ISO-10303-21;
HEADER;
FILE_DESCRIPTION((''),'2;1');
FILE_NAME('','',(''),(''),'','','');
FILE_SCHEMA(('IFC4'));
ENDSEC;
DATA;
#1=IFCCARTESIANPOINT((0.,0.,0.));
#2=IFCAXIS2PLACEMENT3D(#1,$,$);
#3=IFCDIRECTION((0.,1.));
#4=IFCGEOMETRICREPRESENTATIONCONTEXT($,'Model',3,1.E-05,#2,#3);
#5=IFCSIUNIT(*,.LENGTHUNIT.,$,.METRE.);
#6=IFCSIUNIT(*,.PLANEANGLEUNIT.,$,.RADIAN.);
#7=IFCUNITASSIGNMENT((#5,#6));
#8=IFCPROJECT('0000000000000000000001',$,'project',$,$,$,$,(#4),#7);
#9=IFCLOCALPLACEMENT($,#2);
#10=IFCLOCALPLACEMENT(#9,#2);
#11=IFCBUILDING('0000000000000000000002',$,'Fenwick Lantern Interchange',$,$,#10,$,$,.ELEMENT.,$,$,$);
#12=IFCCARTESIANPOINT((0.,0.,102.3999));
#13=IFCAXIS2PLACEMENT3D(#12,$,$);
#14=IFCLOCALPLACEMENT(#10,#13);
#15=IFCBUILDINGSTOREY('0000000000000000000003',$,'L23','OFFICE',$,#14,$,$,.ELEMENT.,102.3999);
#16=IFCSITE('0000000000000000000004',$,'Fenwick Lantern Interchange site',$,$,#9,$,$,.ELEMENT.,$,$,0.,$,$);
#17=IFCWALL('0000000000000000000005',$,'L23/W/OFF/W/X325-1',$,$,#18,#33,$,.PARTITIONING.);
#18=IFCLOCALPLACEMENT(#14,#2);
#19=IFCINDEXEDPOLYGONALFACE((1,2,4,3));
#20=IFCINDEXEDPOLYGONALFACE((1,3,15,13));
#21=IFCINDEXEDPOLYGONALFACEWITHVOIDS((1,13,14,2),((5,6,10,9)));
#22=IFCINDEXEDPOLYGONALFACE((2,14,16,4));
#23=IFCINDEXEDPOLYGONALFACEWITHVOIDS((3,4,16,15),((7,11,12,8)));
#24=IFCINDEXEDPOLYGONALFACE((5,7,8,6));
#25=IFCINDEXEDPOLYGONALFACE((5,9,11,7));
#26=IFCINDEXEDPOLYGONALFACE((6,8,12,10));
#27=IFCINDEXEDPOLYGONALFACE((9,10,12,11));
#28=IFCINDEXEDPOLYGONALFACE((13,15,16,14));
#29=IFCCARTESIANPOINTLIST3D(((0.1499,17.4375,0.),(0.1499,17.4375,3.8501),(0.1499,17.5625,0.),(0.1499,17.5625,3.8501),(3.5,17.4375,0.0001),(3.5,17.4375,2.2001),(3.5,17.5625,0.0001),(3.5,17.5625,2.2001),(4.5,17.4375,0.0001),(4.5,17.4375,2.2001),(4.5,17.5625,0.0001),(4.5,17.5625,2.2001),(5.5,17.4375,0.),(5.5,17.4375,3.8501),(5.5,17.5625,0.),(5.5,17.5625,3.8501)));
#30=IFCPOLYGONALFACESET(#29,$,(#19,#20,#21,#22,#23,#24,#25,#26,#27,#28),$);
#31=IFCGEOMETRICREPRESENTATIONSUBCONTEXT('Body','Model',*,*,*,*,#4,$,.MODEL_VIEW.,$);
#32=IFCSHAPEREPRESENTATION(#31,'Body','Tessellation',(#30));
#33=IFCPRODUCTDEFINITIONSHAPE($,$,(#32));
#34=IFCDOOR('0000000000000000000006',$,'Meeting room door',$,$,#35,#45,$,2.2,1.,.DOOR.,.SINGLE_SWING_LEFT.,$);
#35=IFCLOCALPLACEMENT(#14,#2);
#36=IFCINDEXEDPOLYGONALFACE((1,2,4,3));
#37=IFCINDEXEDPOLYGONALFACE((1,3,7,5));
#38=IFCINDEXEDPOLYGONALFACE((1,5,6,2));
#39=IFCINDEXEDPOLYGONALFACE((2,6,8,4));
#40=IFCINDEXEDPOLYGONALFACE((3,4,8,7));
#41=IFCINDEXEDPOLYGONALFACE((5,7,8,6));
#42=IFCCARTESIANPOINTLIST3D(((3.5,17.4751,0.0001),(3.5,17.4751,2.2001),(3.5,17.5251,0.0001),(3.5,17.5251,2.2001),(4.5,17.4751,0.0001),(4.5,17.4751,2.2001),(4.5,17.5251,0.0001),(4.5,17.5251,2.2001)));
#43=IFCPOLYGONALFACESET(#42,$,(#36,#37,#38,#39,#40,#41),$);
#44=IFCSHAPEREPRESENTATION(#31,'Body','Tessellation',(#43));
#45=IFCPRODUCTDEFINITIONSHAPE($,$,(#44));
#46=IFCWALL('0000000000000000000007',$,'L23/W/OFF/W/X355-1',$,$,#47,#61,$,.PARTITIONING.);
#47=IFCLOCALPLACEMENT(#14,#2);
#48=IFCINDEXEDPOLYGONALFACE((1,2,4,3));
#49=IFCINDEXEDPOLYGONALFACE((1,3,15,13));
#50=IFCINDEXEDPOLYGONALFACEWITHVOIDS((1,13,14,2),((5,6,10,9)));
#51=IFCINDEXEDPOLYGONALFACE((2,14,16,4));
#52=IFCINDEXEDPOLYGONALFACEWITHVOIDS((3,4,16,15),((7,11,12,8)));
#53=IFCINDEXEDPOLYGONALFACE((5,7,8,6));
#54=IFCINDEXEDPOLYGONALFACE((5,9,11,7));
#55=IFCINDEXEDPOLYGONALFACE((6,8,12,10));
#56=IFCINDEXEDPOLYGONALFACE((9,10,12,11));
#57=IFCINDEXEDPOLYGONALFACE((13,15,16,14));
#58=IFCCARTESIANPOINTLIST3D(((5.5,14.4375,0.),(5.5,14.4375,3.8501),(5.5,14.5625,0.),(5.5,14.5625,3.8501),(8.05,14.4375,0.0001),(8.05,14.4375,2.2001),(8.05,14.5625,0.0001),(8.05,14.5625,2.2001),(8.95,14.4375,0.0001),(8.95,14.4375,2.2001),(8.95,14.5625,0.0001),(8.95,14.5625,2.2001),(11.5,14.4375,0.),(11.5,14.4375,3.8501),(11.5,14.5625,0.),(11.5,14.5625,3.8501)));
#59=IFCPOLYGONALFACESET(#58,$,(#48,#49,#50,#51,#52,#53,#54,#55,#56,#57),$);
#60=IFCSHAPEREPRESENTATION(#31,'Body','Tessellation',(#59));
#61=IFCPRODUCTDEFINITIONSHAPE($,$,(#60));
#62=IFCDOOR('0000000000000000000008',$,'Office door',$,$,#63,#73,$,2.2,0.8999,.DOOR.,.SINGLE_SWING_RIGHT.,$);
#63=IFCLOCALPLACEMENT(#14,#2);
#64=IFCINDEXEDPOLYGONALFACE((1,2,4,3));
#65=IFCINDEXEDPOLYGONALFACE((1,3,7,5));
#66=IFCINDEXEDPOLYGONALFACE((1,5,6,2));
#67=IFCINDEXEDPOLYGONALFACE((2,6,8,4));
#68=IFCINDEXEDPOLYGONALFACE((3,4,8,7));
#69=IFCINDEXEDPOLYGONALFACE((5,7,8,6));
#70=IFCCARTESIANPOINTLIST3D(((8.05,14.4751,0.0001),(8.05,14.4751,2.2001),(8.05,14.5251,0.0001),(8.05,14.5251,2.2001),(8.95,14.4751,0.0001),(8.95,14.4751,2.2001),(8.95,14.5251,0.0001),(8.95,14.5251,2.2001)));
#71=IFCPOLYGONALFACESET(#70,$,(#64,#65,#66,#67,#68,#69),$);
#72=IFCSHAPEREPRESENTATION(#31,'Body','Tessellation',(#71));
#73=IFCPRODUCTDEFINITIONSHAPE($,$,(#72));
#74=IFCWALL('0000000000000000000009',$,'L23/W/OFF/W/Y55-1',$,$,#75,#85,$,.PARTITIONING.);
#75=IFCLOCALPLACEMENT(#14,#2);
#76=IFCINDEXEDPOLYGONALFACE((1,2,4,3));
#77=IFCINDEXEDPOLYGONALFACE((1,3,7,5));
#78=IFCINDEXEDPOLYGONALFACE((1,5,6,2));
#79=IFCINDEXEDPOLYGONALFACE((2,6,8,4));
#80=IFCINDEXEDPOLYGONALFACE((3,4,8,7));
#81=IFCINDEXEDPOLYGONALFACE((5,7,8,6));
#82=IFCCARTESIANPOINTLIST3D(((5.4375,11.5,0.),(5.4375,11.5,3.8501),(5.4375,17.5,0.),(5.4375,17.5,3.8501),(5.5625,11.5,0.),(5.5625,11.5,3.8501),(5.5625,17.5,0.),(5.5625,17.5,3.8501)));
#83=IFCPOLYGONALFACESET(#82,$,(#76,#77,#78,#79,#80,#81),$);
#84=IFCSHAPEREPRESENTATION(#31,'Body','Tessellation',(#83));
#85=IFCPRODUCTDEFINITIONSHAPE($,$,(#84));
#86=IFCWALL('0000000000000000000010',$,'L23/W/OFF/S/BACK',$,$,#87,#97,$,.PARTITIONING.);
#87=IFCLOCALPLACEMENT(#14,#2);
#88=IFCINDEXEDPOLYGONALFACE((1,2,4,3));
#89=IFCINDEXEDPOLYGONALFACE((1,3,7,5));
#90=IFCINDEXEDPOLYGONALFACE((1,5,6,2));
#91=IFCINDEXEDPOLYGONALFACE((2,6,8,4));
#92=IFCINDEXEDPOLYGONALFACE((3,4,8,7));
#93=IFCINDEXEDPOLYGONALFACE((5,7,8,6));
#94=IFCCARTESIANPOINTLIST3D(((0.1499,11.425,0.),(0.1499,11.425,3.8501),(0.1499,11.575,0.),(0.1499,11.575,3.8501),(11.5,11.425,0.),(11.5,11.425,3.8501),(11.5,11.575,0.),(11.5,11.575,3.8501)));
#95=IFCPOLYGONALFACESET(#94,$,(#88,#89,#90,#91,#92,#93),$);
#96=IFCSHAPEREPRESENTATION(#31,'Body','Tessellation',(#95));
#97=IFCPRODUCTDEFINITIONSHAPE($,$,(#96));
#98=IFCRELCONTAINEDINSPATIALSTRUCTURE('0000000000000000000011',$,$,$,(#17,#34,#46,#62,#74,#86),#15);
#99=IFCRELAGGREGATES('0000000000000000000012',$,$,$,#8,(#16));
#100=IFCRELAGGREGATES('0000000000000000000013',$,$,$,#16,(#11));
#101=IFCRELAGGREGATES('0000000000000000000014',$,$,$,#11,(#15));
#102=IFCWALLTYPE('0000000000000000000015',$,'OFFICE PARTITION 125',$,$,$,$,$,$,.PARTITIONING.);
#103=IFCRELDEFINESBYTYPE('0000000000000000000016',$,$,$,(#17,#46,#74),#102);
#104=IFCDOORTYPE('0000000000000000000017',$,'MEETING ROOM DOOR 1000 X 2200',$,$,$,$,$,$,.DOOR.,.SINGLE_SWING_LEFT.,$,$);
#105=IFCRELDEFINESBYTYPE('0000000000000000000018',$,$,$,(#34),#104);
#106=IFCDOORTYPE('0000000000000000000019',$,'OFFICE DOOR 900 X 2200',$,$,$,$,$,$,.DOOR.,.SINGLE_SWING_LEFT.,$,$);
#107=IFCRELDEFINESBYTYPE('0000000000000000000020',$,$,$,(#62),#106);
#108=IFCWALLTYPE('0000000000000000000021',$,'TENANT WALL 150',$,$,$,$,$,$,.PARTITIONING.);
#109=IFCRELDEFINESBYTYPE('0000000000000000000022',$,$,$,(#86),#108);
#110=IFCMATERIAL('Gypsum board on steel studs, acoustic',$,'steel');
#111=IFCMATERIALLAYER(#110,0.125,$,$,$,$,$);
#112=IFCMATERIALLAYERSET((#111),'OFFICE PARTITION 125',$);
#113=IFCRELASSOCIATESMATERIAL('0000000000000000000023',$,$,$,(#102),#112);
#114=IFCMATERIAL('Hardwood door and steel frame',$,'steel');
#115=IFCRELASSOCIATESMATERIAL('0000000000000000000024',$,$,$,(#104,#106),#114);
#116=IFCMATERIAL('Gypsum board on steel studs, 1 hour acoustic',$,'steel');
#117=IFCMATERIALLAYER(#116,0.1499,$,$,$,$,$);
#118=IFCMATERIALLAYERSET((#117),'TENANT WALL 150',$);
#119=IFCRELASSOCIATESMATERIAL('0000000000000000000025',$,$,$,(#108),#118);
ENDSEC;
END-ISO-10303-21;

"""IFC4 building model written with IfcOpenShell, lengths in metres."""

from ifc_helpers import new_model, si_unit, direction, frame, frame_2d, origin, place, context, subcontext, project, spatial, rectangle, extrude, material, layer, layer_set, type_object, element, fill, save


model = new_model("IFC4")

# Units and contexts
model_context = context("Model", 3, precision=1e-05, world=origin(), true_north=direction((0.0, 1.0)))
body_context = subcontext(model_context, "Body", "Model", "MODEL_VIEW")
ifc_project = project(units=[si_unit("LENGTHUNIT", "METRE"), si_unit("PLANEANGLEUNIT", "RADIAN")], contexts=[model_context])

# Site, building, storey
site_placement = place(None, origin())
site = spatial("IfcSite", under=ifc_project, at=site_placement, Name="Fenwick Lantern Interchange site", CompositionType="ELEMENT", RefElevation=0.0)
building_placement = place(site_placement, origin())
building = spatial("IfcBuilding", under=site, at=building_placement, Name="Fenwick Lantern Interchange", CompositionType="ELEMENT")
storey_placement = place(building_placement, frame((0.0, 0.0, 102.3999)))
storey = spatial("IfcBuildingStorey", under=building, at=storey_placement, Name="L23", Description="OFFICE", CompositionType="ELEMENT", Elevation=102.3999)

# Walls, openings, doors
ifc_material_1 = material(Name="Gypsum board on steel studs, acoustic", Category="steel")
ifc_layer_1 = layer(ifc_material_1, 0.125)
ifc_layer_set_1 = layer_set([ifc_layer_1], Name="OFFICE PARTITION 125")
wall_type_1 = type_object("IfcWallType", Name="OFFICE PARTITION 125", PredefinedType="PARTITIONING", material=ifc_layer_set_1)
wall_1_placement = place(storey_placement, frame((0.1499, 17.5, 0.0), z_axis=(0.0, 0.0, 1.0), x_axis=(1.0, 0.0, 0.0)))
wall_1 = element("IfcWall", 1, at=wall_1_placement, inside=storey, type_object=wall_type_1, Name="L23/W/OFF/W/X325-1", PredefinedType="PARTITIONING", context=body_context, shape_type="SweptSolid", body=[
    extrude(rectangle(XDim=5.3501, YDim=0.125, at=frame_2d((2.675, 0.0))), origin(), (0.0, 0.0, 1.0), 3.8501),
])
opening_1_placement = place(wall_1_placement, frame((3.3501, 0.0, 0.0)))
opening_1 = element("IfcOpeningElement", 2, at=opening_1_placement, cuts=wall_1, PredefinedType="OPENING", context=body_context, shape_type="SweptSolid", body=[
    extrude(rectangle(XDim=1.0, YDim=2.2, at=frame_2d((0.5, 1.1001))), frame((0.0, 0.0725, 0.0), z_axis=(0.0, -1.0, 0.0), x_axis=(1.0, 0.0, 0.0)), (0.0, 0.0, 1.0), 0.145),
])
ifc_material_2 = material(Name="Hardwood door and steel frame", Category="steel")
door_type_1 = type_object("IfcDoorType", Name="MEETING ROOM DOOR 1000 X 2200", OperationType="SINGLE_SWING_LEFT", PredefinedType="DOOR", material=ifc_material_2)
door_1_placement = place(opening_1_placement, frame((1.0, 0.0, 0.0), z_axis=(0.0, 0.0, 1.0), x_axis=(-1.0, 0.0, 0.0)))
door_1 = element("IfcDoor", 3, at=door_1_placement, inside=storey, type_object=door_type_1, Name="Meeting room door", OperationType="SINGLE_SWING_LEFT", OverallHeight=2.2, OverallWidth=1.0, PredefinedType="DOOR", context=body_context, shape_type="SweptSolid", body=[
    extrude(rectangle(XDim=1.0, YDim=2.2, at=frame_2d((0.5, 1.1001))), frame((0.0, 0.0249, 0.0), z_axis=(0.0, -1.0, 0.0), x_axis=(1.0, 0.0, 0.0)), (0.0, 0.0, 1.0), 0.05),
])
fill(opening_1, door_1)
wall_2_placement = place(storey_placement, frame((5.5, 14.5, 0.0), z_axis=(0.0, 0.0, 1.0), x_axis=(1.0, 0.0, 0.0)))
wall_2 = element("IfcWall", 4, at=wall_2_placement, inside=storey, type_object=wall_type_1, Name="L23/W/OFF/W/X355-1", PredefinedType="PARTITIONING", context=body_context, shape_type="SweptSolid", body=[
    extrude(rectangle(XDim=6.0, YDim=0.125, at=frame_2d((3.0, 0.0))), origin(), (0.0, 0.0, 1.0), 3.8501),
])
opening_2_placement = place(wall_2_placement, frame((2.55, 0.0, 0.0)))
opening_2 = element("IfcOpeningElement", 5, at=opening_2_placement, cuts=wall_2, PredefinedType="OPENING", context=body_context, shape_type="SweptSolid", body=[
    extrude(rectangle(XDim=0.8999, YDim=2.2, at=frame_2d((0.45, 1.1001))), frame((0.0, 0.0725, 0.0), z_axis=(0.0, -1.0, 0.0), x_axis=(1.0, 0.0, 0.0)), (0.0, 0.0, 1.0), 0.145),
])
door_type_2 = type_object("IfcDoorType", Name="OFFICE DOOR 900 X 2200", OperationType="SINGLE_SWING_LEFT", PredefinedType="DOOR", material=ifc_material_2)
door_2_placement = place(opening_2_placement, frame((0.8999, 0.0, 0.0), z_axis=(0.0, 0.0, 1.0), x_axis=(-1.0, 0.0, 0.0)))
door_2 = element("IfcDoor", 6, at=door_2_placement, inside=storey, type_object=door_type_2, Name="Office door", OperationType="SINGLE_SWING_RIGHT", OverallHeight=2.2, OverallWidth=0.8999, PredefinedType="DOOR", context=body_context, shape_type="SweptSolid", body=[
    extrude(rectangle(XDim=0.8999, YDim=2.2, at=frame_2d((0.45, 1.1001))), frame((0.0, 0.0249, 0.0), z_axis=(0.0, -1.0, 0.0), x_axis=(1.0, 0.0, 0.0)), (0.0, 0.0, 1.0), 0.05),
])
fill(opening_2, door_2)

# Walls
wall_3_placement = place(storey_placement, frame((5.5, 17.5, 0.0), z_axis=(0.0, 0.0, 1.0), x_axis=(0.0, -1.0, 0.0)))
element("IfcWall", 7, at=wall_3_placement, inside=storey, type_object=wall_type_1, Name="L23/W/OFF/W/Y55-1", PredefinedType="PARTITIONING", context=body_context, shape_type="SweptSolid", body=[
    extrude(rectangle(XDim=6.0, YDim=0.125, at=frame_2d((3.0, 0.0))), origin(), (0.0, 0.0, 1.0), 3.8501),
])
ifc_material_3 = material(Name="Gypsum board on steel studs, 1 hour acoustic", Category="steel")
ifc_layer_2 = layer(ifc_material_3, 0.1499)
ifc_layer_set_2 = layer_set([ifc_layer_2], Name="TENANT WALL 150")
wall_type_2 = type_object("IfcWallType", Name="TENANT WALL 150", PredefinedType="PARTITIONING", material=ifc_layer_set_2)
wall_4_placement = place(storey_placement, frame((0.1499, 11.5, 0.0), z_axis=(0.0, 0.0, 1.0), x_axis=(1.0, 0.0, 0.0)))
element("IfcWall", 8, at=wall_4_placement, inside=storey, type_object=wall_type_2, Name="L23/W/OFF/S/BACK", PredefinedType="PARTITIONING", context=body_context, shape_type="SweptSolid", body=[
    extrude(rectangle(XDim=11.3501, YDim=0.1499, at=frame_2d((5.675, 0.0))), origin(), (0.0, 0.0, 1.0), 3.8501),
])

save(model, "model.ifc")
